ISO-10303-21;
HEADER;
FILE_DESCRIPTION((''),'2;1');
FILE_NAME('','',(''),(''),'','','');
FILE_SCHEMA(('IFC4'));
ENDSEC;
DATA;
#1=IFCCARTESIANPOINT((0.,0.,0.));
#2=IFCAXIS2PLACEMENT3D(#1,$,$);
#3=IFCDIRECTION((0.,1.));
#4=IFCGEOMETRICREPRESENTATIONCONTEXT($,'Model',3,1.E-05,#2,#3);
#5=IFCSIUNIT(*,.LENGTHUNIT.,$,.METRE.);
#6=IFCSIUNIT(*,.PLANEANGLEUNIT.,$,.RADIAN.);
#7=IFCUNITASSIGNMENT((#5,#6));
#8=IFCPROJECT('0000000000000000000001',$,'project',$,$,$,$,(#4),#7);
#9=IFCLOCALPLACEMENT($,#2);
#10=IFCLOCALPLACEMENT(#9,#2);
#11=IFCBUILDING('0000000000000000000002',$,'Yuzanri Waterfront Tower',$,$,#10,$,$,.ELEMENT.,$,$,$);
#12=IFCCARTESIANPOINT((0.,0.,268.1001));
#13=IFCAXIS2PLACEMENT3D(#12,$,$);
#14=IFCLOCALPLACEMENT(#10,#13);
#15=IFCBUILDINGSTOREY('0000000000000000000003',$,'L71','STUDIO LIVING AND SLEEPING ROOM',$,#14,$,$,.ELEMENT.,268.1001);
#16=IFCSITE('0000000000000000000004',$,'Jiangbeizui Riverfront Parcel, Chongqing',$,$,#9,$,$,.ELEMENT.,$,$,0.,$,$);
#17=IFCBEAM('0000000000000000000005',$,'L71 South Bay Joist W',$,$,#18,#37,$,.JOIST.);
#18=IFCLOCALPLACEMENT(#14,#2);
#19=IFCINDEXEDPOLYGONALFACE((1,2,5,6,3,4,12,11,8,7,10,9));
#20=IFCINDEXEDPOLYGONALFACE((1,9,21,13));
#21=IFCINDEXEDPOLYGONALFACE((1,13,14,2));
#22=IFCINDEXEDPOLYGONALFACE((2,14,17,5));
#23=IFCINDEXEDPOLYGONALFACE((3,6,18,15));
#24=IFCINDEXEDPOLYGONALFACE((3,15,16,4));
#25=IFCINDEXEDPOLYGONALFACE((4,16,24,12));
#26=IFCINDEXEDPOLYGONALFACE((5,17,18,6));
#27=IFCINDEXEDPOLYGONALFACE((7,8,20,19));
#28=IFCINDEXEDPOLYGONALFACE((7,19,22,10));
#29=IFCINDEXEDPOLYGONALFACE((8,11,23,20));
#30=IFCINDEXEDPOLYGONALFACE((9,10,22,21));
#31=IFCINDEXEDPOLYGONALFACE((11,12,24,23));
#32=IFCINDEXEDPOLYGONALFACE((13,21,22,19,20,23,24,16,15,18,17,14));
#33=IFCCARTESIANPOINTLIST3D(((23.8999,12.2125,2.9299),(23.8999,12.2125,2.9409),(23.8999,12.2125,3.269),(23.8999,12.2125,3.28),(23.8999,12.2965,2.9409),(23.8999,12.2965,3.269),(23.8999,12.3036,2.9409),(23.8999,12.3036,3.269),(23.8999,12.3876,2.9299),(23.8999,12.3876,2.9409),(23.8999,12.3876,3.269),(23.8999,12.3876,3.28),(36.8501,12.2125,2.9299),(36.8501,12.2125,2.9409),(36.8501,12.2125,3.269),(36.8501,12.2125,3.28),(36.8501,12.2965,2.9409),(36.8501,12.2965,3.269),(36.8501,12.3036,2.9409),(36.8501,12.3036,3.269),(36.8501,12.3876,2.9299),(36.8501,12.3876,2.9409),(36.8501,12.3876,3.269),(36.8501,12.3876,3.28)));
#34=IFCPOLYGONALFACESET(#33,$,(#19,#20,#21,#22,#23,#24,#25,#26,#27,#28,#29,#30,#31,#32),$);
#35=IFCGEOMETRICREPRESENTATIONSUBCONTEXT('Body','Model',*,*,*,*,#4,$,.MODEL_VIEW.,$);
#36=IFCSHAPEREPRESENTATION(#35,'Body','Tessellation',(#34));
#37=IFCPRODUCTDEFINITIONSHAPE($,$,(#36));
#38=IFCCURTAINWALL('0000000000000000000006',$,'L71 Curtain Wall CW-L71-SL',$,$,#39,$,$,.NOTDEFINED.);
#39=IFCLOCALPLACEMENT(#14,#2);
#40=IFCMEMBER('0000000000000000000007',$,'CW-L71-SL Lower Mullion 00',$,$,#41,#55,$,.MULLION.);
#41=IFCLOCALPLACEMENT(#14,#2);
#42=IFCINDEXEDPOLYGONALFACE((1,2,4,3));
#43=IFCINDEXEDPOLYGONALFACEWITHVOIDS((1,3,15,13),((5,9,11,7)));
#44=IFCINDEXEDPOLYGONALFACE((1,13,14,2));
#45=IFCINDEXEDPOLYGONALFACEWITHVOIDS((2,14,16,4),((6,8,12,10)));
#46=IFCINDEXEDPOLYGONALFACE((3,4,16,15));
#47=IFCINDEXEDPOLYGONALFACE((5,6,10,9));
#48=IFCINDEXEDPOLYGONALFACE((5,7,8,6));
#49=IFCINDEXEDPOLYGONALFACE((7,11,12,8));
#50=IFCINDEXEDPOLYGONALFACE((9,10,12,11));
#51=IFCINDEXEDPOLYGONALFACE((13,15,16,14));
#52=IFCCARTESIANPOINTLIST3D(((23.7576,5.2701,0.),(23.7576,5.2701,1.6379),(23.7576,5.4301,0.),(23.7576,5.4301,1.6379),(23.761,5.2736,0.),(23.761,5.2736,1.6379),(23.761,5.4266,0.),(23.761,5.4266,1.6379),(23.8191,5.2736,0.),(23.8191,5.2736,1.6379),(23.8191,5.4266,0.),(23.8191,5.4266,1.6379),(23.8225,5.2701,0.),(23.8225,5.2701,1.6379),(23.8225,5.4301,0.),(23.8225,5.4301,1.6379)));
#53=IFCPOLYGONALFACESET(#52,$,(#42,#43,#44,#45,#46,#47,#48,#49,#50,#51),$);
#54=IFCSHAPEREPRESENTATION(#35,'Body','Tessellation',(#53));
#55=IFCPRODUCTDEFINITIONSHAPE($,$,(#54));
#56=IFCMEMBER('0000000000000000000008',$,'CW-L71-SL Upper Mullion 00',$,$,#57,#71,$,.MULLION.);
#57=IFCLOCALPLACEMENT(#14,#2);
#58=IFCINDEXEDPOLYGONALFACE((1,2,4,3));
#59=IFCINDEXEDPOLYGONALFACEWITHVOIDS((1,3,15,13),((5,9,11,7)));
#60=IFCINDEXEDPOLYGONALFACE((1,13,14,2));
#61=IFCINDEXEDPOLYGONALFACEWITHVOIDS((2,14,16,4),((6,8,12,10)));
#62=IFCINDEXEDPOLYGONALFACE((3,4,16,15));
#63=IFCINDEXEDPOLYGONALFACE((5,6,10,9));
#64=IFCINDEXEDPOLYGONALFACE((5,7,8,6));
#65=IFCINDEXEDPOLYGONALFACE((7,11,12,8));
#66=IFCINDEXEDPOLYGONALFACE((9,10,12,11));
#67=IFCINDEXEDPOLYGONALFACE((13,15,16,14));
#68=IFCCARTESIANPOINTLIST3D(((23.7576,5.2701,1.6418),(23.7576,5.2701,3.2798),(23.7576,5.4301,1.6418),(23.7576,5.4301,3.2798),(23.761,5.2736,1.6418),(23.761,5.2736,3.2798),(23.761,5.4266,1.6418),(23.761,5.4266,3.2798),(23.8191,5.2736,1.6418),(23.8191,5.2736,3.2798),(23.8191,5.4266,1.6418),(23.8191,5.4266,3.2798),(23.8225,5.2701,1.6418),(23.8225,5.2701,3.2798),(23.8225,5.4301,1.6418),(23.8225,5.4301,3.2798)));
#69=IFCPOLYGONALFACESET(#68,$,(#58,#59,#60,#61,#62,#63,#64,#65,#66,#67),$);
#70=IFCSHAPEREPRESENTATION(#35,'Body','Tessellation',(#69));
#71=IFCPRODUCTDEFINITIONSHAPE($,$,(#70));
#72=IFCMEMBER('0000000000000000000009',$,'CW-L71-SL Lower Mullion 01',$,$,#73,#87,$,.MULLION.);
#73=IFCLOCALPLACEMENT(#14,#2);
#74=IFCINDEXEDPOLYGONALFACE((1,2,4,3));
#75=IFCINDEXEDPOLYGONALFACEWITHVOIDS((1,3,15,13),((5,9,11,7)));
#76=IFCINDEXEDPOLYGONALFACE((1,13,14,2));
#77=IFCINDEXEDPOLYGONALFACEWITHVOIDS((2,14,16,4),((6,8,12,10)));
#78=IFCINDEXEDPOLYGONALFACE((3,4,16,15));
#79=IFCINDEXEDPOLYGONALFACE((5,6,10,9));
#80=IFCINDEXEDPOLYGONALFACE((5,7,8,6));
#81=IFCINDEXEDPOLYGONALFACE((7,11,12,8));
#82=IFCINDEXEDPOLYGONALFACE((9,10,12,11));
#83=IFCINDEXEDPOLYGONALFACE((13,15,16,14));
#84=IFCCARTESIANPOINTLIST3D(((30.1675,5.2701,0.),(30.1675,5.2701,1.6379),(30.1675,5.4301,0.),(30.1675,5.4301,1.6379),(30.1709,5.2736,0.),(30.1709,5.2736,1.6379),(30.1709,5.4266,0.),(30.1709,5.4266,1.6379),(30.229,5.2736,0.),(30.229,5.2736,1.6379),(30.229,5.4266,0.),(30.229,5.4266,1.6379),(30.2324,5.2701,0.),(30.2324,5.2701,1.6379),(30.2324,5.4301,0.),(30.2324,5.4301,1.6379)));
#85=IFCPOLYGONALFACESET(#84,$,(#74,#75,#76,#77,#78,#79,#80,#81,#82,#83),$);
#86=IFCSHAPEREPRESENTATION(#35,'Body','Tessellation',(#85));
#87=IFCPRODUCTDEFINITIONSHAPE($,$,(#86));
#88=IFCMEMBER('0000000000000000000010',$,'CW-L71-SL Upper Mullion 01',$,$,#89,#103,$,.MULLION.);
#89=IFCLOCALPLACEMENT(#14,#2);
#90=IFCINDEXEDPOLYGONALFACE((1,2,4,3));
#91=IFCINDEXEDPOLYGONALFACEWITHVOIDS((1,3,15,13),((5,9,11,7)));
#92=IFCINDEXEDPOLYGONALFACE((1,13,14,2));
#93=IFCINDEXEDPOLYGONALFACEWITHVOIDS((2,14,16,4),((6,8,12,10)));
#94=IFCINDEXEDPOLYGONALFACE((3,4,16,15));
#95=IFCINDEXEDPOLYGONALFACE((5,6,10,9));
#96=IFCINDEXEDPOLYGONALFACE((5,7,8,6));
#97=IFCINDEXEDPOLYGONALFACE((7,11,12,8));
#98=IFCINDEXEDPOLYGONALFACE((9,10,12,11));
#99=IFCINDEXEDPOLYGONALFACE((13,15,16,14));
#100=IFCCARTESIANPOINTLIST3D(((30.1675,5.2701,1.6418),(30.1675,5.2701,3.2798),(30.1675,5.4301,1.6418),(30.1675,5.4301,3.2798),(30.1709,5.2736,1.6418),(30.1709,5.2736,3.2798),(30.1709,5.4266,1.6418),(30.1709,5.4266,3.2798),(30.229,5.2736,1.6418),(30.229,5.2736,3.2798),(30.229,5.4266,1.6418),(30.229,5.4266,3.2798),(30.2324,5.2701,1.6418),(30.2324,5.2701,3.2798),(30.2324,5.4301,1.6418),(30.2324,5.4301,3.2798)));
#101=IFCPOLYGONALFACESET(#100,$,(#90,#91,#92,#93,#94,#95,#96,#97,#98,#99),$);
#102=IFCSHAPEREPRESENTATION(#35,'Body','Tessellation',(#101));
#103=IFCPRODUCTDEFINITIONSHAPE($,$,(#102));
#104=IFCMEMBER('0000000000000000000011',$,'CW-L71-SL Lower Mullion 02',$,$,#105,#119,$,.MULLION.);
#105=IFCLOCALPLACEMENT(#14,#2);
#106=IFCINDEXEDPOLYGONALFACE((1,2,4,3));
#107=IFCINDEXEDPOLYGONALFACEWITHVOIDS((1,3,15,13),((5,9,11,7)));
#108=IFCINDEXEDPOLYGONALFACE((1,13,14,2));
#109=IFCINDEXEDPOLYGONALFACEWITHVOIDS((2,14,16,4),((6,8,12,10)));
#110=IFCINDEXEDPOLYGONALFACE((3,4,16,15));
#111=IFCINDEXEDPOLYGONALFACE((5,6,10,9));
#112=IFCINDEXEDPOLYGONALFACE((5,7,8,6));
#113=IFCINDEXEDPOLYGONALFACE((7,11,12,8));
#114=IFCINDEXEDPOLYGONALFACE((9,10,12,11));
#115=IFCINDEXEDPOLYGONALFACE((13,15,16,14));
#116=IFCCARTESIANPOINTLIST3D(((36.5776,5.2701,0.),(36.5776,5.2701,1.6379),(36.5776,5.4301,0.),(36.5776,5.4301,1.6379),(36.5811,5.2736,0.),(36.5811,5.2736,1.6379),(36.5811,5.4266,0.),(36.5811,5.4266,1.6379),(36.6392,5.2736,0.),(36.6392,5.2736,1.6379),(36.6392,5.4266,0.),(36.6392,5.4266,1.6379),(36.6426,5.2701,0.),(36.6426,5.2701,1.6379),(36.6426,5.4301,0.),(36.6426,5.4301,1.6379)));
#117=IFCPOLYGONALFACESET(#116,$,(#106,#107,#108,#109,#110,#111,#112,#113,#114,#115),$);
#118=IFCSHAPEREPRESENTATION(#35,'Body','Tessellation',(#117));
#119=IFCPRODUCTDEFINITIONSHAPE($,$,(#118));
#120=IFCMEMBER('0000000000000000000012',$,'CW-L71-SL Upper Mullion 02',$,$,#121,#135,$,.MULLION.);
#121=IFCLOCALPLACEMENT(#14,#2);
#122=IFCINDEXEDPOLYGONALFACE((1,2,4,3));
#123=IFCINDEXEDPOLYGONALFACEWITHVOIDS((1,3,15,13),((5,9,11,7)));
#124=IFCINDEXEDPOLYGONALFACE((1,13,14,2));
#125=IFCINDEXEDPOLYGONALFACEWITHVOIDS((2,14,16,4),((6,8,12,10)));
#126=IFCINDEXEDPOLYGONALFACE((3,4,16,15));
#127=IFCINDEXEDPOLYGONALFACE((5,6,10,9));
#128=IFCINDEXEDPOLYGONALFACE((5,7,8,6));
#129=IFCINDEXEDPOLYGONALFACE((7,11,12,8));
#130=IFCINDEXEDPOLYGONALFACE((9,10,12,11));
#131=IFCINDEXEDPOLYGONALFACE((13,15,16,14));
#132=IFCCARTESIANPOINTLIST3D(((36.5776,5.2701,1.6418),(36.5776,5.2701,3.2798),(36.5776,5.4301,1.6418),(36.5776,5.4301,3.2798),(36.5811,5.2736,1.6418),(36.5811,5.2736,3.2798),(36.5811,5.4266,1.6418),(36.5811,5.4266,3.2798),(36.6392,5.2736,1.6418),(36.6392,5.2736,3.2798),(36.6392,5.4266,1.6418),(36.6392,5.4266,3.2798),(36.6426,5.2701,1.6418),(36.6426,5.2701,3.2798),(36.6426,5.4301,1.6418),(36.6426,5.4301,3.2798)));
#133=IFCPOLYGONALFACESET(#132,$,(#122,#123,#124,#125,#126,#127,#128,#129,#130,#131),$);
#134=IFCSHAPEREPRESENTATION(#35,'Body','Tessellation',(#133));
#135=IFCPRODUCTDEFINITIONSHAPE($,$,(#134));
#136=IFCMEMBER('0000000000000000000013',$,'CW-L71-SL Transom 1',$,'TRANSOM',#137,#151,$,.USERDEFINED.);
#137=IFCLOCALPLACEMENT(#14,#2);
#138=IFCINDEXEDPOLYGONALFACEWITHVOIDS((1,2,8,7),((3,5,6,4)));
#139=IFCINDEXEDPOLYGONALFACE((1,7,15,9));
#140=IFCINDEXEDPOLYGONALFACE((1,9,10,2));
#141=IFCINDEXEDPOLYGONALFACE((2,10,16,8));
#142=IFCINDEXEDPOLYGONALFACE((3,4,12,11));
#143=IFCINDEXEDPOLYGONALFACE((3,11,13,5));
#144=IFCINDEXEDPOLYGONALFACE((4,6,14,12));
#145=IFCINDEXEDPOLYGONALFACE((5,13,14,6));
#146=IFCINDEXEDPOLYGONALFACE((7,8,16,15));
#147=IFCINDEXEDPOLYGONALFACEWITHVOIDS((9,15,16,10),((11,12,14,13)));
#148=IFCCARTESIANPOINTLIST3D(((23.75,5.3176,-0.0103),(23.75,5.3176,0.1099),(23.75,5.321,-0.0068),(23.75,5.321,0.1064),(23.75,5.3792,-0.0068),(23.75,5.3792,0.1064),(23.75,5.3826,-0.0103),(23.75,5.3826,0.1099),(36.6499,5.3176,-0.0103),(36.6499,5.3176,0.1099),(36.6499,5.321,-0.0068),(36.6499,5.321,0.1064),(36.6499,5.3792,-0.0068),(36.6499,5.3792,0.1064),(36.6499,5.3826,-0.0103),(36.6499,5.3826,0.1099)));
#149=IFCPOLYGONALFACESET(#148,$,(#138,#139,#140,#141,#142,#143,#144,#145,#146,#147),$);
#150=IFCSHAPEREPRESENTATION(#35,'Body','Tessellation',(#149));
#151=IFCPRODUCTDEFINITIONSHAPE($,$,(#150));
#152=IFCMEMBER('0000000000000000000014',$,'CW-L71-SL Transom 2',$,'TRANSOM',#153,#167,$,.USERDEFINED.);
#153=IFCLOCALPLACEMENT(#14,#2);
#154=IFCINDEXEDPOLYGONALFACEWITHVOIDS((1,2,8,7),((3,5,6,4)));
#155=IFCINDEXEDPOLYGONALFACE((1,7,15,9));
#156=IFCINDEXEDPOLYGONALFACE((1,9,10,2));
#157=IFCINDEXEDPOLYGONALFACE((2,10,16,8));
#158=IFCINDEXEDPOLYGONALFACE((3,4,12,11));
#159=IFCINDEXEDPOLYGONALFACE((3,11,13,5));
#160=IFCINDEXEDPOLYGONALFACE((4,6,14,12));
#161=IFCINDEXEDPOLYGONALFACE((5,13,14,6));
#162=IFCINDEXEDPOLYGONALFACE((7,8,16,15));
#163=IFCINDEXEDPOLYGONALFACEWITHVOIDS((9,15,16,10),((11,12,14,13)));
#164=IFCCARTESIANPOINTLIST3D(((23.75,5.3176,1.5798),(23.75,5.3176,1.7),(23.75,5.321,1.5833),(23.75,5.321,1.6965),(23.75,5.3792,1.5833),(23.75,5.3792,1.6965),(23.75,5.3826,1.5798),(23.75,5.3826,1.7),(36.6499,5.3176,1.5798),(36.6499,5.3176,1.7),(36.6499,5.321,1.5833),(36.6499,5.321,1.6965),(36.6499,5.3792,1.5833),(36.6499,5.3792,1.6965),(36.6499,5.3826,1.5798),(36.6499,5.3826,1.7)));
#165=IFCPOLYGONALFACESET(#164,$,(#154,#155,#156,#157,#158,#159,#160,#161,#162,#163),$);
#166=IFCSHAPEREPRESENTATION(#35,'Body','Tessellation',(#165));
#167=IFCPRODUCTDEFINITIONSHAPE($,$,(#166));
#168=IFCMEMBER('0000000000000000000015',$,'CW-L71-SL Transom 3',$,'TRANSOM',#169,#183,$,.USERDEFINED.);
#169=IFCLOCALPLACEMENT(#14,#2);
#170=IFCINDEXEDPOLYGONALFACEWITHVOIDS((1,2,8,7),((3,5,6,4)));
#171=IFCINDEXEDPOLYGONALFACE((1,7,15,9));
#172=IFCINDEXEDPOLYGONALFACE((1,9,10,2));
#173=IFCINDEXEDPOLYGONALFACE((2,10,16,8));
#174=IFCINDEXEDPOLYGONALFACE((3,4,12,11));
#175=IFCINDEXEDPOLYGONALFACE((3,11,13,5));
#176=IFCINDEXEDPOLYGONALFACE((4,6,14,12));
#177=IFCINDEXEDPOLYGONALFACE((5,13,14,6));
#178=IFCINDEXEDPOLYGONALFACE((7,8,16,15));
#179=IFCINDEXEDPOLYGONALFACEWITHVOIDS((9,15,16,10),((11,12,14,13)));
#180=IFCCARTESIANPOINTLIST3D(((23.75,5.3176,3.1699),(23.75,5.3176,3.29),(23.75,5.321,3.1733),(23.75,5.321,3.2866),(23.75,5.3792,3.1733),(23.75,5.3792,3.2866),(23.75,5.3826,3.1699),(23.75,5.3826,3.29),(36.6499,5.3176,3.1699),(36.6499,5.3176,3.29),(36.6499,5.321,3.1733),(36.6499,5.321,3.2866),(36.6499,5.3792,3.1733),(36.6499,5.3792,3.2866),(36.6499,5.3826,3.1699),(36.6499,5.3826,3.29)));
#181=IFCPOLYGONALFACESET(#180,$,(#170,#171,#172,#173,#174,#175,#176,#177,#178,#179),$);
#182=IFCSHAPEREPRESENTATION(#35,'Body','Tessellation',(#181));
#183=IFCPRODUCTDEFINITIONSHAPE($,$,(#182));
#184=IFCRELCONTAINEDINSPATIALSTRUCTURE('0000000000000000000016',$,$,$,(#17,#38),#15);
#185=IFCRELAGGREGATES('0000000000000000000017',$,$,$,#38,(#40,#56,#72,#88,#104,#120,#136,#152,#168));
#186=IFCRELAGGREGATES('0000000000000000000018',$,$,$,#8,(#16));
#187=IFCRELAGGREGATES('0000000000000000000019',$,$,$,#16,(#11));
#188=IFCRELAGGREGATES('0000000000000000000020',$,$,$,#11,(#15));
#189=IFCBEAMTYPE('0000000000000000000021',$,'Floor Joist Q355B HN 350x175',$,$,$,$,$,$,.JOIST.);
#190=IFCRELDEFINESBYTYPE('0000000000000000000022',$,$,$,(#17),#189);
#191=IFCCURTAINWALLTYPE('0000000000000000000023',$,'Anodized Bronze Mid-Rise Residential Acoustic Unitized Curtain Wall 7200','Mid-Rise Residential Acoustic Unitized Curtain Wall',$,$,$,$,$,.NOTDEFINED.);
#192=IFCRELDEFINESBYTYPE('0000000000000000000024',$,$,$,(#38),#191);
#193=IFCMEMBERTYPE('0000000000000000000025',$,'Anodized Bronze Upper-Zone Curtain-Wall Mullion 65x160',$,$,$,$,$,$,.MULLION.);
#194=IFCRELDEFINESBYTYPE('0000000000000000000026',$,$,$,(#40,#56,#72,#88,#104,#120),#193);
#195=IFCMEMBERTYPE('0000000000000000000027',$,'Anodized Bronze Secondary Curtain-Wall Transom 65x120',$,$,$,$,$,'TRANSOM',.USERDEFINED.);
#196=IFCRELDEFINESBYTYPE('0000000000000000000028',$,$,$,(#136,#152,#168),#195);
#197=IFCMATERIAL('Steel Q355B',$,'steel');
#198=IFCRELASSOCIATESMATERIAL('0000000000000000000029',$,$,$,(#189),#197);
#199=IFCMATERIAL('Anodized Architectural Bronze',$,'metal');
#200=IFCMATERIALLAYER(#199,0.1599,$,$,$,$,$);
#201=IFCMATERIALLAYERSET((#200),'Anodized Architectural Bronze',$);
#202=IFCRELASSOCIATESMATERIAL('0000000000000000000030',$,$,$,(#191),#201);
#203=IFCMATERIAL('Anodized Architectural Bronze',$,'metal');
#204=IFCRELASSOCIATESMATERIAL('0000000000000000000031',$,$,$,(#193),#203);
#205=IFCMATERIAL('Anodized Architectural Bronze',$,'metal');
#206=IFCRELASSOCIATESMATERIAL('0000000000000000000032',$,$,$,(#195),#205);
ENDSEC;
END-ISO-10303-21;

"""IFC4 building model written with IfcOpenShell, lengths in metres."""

from ifc_helpers import new_model, si_unit, direction, frame, origin, origin_2d, place, context, subcontext, project, spatial, hollow_rectangle, i_section, extrude, source, transform, mapped, material, layer, layer_set, material_profile, profile_set, type_object, element, aggregate, save


model = new_model("IFC4")

# Units and contexts
model_context = context("Model", 3, precision=1e-05, world=origin(), true_north=direction((0.0, 1.0)))
body_context = subcontext(model_context, "Body", "Model", "MODEL_VIEW")
ifc_project = project(units=[si_unit("LENGTHUNIT", "METRE"), si_unit("PLANEANGLEUNIT", "RADIAN")], contexts=[model_context])

# Site, building, storey
site_placement = place(None, origin())
site = spatial("IfcSite", under=ifc_project, at=site_placement, Name="Jiangbeizui Riverfront Parcel, Chongqing", CompositionType="ELEMENT", RefElevation=0.0)
building_placement = place(site_placement, origin())
building = spatial("IfcBuilding", under=site, at=building_placement, Name="Yuzanri Waterfront Tower", CompositionType="ELEMENT")
storey_placement = place(building_placement, frame((0.0, 0.0, 268.1001)))
storey = spatial("IfcBuildingStorey", under=building, at=storey_placement, Name="L71", Description="STUDIO LIVING AND SLEEPING ROOM", CompositionType="ELEMENT", Elevation=268.1001)

# Beam
ifc_material_1 = material(Name="Steel Q355B", Category="steel")
ifc_material_profile_1 = material_profile(ifc_material_1, i_section(OverallWidth=0.175, OverallDepth=0.3501, WebThickness=0.0071, FlangeThickness=0.011, at=origin_2d()), Name="HN 350x175x7x11")
ifc_profile_set_1 = profile_set([ifc_material_profile_1], Name="Steel Q355B")
beam_type = type_object("IfcBeamType", Name="Floor Joist Q355B HN 350x175", PredefinedType="JOIST", material=ifc_profile_set_1)
shared_shape_1 = source(origin(), body_context, "Body", "SweptSolid", [
    extrude(i_section(OverallWidth=0.175, OverallDepth=0.3501, WebThickness=0.0071, FlangeThickness=0.011, at=origin_2d()), origin(), (0.0, 0.0, 1.0), 12.9502),
])
beam_placement = place(storey_placement, frame((23.8999, 12.3, 3.105), z_axis=(1.0, 0.0, 0.0), x_axis=(0.0, 1.0, 0.0)))
element("IfcBeam", 1, at=beam_placement, inside=storey, type_object=beam_type, Name="L71 South Bay Joist W", PredefinedType="JOIST", context=body_context, shape_type="MappedRepresentation", body=[
    mapped(shared_shape_1, transform((0.0, 0.0, 0.0), scale=1.0)),
])

# Curtain wall, members
ifc_material_2 = material(Name="Anodized Architectural Bronze", Category="metal")
ifc_layer_1 = layer(ifc_material_2, 0.1599)
ifc_layer_set_1 = layer_set([ifc_layer_1], Name="Anodized Architectural Bronze")
curtain_wall_type = type_object("IfcCurtainWallType", Name="Anodized Bronze Mid-Rise Residential Acoustic Unitized Curtain Wall 7200", Description="Mid-Rise Residential Acoustic Unitized Curtain Wall", PredefinedType="NOTDEFINED", material=ifc_layer_set_1)
curtain_wall_placement = place(storey_placement, origin())
curtain_wall = element("IfcCurtainWall", 2, at=curtain_wall_placement, inside=storey, type_object=curtain_wall_type, Name="L71 Curtain Wall CW-L71-SL", PredefinedType="NOTDEFINED")
ifc_material_3 = material(Name="Anodized Architectural Bronze", Category="metal")
ifc_material_profile_2 = material_profile(ifc_material_3, hollow_rectangle(XDim=0.0649, YDim=0.1599, WallThickness=0.0034, at=origin_2d()), Name="CWM 65x160")
ifc_profile_set_2 = profile_set([ifc_material_profile_2], Name="Anodized Architectural Bronze")
member_type_1 = type_object("IfcMemberType", Name="Anodized Bronze Upper-Zone Curtain-Wall Mullion 65x160", PredefinedType="MULLION", material=ifc_profile_set_2)
shared_shape_2 = source(origin(), body_context, "Body", "SweptSolid", [
    extrude(hollow_rectangle(XDim=0.0649, YDim=0.1599, WallThickness=0.0034, at=origin_2d()), origin(), (0.0, 0.0, 1.0), 1.6379),
])
member_1_placement = place(storey_placement, frame((23.79, 5.3501, 0.0), z_axis=(0.0, 0.0, 1.0), x_axis=(1.0, 0.0, 0.0)))
member_1 = element("IfcMember", 3, at=member_1_placement, type_object=member_type_1, Name="CW-L71-SL Lower Mullion 00", PredefinedType="MULLION", context=body_context, shape_type="MappedRepresentation", body=[
    mapped(shared_shape_2, transform((0.0, 0.0, 0.0), scale=1.0)),
])
member_2_placement = place(storey_placement, frame((23.79, 5.3501, 1.6418), z_axis=(0.0, 0.0, 1.0), x_axis=(1.0, 0.0, 0.0)))
member_2 = element("IfcMember", 4, at=member_2_placement, type_object=member_type_1, Name="CW-L71-SL Upper Mullion 00", PredefinedType="MULLION", context=body_context, shape_type="MappedRepresentation", body=[
    mapped(shared_shape_2, transform((0.0, 0.0, 0.0), scale=1.0)),
])
member_3_placement = place(storey_placement, frame((30.2, 5.3501, 0.0), z_axis=(0.0, 0.0, 1.0), x_axis=(1.0, 0.0, 0.0)))
member_3 = element("IfcMember", 5, at=member_3_placement, type_object=member_type_1, Name="CW-L71-SL Lower Mullion 01", PredefinedType="MULLION", context=body_context, shape_type="MappedRepresentation", body=[
    mapped(shared_shape_2, transform((0.0, 0.0, 0.0), scale=1.0)),
])
member_4_placement = place(storey_placement, frame((30.2, 5.3501, 1.6418), z_axis=(0.0, 0.0, 1.0), x_axis=(1.0, 0.0, 0.0)))
member_4 = element("IfcMember", 6, at=member_4_placement, type_object=member_type_1, Name="CW-L71-SL Upper Mullion 01", PredefinedType="MULLION", context=body_context, shape_type="MappedRepresentation", body=[
    mapped(shared_shape_2, transform((0.0, 0.0, 0.0), scale=1.0)),
])
member_5_placement = place(storey_placement, frame((36.6101, 5.3501, 0.0), z_axis=(0.0, 0.0, 1.0), x_axis=(1.0, 0.0, 0.0)))
member_5 = element("IfcMember", 7, at=member_5_placement, type_object=member_type_1, Name="CW-L71-SL Lower Mullion 02", PredefinedType="MULLION", context=body_context, shape_type="MappedRepresentation", body=[
    mapped(shared_shape_2, transform((0.0, 0.0, 0.0), scale=1.0)),
])
member_6_placement = place(storey_placement, frame((36.6101, 5.3501, 1.6418), z_axis=(0.0, 0.0, 1.0), x_axis=(1.0, 0.0, 0.0)))
member_6 = element("IfcMember", 8, at=member_6_placement, type_object=member_type_1, Name="CW-L71-SL Upper Mullion 02", PredefinedType="MULLION", context=body_context, shape_type="MappedRepresentation", body=[
    mapped(shared_shape_2, transform((0.0, 0.0, 0.0), scale=1.0)),
])
ifc_material_4 = material(Name="Anodized Architectural Bronze", Category="metal")
ifc_material_profile_3 = material_profile(ifc_material_4, hollow_rectangle(XDim=0.0649, YDim=0.1201, WallThickness=0.0034, at=origin_2d()), Name="CWT 65x120")
ifc_profile_set_3 = profile_set([ifc_material_profile_3], Name="Anodized Architectural Bronze")
member_type_2 = type_object("IfcMemberType", Name="Anodized Bronze Secondary Curtain-Wall Transom 65x120", ElementType="TRANSOM", PredefinedType="USERDEFINED", material=ifc_profile_set_3)
shared_shape_3 = source(origin(), body_context, "Body", "SweptSolid", [
    extrude(hollow_rectangle(XDim=0.0649, YDim=0.1201, WallThickness=0.0034, at=origin_2d()), origin(), (0.0, 0.0, 1.0), 12.8999),
])
member_7_placement = place(storey_placement, frame((23.75, 5.3501, 0.0498), z_axis=(1.0, 0.0, 0.0), x_axis=(0.0, 1.0, 0.0)))
member_7 = element("IfcMember", 9, at=member_7_placement, type_object=member_type_2, Name="CW-L71-SL Transom 1", ObjectType="TRANSOM", PredefinedType="USERDEFINED", context=body_context, shape_type="MappedRepresentation", body=[
    mapped(shared_shape_3, transform((0.0, 0.0, 0.0), scale=1.0)),
])
member_8_placement = place(storey_placement, frame((23.75, 5.3501, 1.6399), z_axis=(1.0, 0.0, 0.0), x_axis=(0.0, 1.0, 0.0)))
member_8 = element("IfcMember", 10, at=member_8_placement, type_object=member_type_2, Name="CW-L71-SL Transom 2", ObjectType="TRANSOM", PredefinedType="USERDEFINED", context=body_context, shape_type="MappedRepresentation", body=[
    mapped(shared_shape_3, transform((0.0, 0.0, 0.0), scale=1.0)),
])
member_9_placement = place(storey_placement, frame((23.75, 5.3501, 3.23), z_axis=(1.0, 0.0, 0.0), x_axis=(0.0, 1.0, 0.0)))
member_9 = element("IfcMember", 11, at=member_9_placement, type_object=member_type_2, Name="CW-L71-SL Transom 3", ObjectType="TRANSOM", PredefinedType="USERDEFINED", context=body_context, shape_type="MappedRepresentation", body=[
    mapped(shared_shape_3, transform((0.0, 0.0, 0.0), scale=1.0)),
])
aggregate(curtain_wall, [member_1, member_2, member_3, member_4, member_5, member_6, member_7, member_8, member_9])

save(model, "model.ifc")
